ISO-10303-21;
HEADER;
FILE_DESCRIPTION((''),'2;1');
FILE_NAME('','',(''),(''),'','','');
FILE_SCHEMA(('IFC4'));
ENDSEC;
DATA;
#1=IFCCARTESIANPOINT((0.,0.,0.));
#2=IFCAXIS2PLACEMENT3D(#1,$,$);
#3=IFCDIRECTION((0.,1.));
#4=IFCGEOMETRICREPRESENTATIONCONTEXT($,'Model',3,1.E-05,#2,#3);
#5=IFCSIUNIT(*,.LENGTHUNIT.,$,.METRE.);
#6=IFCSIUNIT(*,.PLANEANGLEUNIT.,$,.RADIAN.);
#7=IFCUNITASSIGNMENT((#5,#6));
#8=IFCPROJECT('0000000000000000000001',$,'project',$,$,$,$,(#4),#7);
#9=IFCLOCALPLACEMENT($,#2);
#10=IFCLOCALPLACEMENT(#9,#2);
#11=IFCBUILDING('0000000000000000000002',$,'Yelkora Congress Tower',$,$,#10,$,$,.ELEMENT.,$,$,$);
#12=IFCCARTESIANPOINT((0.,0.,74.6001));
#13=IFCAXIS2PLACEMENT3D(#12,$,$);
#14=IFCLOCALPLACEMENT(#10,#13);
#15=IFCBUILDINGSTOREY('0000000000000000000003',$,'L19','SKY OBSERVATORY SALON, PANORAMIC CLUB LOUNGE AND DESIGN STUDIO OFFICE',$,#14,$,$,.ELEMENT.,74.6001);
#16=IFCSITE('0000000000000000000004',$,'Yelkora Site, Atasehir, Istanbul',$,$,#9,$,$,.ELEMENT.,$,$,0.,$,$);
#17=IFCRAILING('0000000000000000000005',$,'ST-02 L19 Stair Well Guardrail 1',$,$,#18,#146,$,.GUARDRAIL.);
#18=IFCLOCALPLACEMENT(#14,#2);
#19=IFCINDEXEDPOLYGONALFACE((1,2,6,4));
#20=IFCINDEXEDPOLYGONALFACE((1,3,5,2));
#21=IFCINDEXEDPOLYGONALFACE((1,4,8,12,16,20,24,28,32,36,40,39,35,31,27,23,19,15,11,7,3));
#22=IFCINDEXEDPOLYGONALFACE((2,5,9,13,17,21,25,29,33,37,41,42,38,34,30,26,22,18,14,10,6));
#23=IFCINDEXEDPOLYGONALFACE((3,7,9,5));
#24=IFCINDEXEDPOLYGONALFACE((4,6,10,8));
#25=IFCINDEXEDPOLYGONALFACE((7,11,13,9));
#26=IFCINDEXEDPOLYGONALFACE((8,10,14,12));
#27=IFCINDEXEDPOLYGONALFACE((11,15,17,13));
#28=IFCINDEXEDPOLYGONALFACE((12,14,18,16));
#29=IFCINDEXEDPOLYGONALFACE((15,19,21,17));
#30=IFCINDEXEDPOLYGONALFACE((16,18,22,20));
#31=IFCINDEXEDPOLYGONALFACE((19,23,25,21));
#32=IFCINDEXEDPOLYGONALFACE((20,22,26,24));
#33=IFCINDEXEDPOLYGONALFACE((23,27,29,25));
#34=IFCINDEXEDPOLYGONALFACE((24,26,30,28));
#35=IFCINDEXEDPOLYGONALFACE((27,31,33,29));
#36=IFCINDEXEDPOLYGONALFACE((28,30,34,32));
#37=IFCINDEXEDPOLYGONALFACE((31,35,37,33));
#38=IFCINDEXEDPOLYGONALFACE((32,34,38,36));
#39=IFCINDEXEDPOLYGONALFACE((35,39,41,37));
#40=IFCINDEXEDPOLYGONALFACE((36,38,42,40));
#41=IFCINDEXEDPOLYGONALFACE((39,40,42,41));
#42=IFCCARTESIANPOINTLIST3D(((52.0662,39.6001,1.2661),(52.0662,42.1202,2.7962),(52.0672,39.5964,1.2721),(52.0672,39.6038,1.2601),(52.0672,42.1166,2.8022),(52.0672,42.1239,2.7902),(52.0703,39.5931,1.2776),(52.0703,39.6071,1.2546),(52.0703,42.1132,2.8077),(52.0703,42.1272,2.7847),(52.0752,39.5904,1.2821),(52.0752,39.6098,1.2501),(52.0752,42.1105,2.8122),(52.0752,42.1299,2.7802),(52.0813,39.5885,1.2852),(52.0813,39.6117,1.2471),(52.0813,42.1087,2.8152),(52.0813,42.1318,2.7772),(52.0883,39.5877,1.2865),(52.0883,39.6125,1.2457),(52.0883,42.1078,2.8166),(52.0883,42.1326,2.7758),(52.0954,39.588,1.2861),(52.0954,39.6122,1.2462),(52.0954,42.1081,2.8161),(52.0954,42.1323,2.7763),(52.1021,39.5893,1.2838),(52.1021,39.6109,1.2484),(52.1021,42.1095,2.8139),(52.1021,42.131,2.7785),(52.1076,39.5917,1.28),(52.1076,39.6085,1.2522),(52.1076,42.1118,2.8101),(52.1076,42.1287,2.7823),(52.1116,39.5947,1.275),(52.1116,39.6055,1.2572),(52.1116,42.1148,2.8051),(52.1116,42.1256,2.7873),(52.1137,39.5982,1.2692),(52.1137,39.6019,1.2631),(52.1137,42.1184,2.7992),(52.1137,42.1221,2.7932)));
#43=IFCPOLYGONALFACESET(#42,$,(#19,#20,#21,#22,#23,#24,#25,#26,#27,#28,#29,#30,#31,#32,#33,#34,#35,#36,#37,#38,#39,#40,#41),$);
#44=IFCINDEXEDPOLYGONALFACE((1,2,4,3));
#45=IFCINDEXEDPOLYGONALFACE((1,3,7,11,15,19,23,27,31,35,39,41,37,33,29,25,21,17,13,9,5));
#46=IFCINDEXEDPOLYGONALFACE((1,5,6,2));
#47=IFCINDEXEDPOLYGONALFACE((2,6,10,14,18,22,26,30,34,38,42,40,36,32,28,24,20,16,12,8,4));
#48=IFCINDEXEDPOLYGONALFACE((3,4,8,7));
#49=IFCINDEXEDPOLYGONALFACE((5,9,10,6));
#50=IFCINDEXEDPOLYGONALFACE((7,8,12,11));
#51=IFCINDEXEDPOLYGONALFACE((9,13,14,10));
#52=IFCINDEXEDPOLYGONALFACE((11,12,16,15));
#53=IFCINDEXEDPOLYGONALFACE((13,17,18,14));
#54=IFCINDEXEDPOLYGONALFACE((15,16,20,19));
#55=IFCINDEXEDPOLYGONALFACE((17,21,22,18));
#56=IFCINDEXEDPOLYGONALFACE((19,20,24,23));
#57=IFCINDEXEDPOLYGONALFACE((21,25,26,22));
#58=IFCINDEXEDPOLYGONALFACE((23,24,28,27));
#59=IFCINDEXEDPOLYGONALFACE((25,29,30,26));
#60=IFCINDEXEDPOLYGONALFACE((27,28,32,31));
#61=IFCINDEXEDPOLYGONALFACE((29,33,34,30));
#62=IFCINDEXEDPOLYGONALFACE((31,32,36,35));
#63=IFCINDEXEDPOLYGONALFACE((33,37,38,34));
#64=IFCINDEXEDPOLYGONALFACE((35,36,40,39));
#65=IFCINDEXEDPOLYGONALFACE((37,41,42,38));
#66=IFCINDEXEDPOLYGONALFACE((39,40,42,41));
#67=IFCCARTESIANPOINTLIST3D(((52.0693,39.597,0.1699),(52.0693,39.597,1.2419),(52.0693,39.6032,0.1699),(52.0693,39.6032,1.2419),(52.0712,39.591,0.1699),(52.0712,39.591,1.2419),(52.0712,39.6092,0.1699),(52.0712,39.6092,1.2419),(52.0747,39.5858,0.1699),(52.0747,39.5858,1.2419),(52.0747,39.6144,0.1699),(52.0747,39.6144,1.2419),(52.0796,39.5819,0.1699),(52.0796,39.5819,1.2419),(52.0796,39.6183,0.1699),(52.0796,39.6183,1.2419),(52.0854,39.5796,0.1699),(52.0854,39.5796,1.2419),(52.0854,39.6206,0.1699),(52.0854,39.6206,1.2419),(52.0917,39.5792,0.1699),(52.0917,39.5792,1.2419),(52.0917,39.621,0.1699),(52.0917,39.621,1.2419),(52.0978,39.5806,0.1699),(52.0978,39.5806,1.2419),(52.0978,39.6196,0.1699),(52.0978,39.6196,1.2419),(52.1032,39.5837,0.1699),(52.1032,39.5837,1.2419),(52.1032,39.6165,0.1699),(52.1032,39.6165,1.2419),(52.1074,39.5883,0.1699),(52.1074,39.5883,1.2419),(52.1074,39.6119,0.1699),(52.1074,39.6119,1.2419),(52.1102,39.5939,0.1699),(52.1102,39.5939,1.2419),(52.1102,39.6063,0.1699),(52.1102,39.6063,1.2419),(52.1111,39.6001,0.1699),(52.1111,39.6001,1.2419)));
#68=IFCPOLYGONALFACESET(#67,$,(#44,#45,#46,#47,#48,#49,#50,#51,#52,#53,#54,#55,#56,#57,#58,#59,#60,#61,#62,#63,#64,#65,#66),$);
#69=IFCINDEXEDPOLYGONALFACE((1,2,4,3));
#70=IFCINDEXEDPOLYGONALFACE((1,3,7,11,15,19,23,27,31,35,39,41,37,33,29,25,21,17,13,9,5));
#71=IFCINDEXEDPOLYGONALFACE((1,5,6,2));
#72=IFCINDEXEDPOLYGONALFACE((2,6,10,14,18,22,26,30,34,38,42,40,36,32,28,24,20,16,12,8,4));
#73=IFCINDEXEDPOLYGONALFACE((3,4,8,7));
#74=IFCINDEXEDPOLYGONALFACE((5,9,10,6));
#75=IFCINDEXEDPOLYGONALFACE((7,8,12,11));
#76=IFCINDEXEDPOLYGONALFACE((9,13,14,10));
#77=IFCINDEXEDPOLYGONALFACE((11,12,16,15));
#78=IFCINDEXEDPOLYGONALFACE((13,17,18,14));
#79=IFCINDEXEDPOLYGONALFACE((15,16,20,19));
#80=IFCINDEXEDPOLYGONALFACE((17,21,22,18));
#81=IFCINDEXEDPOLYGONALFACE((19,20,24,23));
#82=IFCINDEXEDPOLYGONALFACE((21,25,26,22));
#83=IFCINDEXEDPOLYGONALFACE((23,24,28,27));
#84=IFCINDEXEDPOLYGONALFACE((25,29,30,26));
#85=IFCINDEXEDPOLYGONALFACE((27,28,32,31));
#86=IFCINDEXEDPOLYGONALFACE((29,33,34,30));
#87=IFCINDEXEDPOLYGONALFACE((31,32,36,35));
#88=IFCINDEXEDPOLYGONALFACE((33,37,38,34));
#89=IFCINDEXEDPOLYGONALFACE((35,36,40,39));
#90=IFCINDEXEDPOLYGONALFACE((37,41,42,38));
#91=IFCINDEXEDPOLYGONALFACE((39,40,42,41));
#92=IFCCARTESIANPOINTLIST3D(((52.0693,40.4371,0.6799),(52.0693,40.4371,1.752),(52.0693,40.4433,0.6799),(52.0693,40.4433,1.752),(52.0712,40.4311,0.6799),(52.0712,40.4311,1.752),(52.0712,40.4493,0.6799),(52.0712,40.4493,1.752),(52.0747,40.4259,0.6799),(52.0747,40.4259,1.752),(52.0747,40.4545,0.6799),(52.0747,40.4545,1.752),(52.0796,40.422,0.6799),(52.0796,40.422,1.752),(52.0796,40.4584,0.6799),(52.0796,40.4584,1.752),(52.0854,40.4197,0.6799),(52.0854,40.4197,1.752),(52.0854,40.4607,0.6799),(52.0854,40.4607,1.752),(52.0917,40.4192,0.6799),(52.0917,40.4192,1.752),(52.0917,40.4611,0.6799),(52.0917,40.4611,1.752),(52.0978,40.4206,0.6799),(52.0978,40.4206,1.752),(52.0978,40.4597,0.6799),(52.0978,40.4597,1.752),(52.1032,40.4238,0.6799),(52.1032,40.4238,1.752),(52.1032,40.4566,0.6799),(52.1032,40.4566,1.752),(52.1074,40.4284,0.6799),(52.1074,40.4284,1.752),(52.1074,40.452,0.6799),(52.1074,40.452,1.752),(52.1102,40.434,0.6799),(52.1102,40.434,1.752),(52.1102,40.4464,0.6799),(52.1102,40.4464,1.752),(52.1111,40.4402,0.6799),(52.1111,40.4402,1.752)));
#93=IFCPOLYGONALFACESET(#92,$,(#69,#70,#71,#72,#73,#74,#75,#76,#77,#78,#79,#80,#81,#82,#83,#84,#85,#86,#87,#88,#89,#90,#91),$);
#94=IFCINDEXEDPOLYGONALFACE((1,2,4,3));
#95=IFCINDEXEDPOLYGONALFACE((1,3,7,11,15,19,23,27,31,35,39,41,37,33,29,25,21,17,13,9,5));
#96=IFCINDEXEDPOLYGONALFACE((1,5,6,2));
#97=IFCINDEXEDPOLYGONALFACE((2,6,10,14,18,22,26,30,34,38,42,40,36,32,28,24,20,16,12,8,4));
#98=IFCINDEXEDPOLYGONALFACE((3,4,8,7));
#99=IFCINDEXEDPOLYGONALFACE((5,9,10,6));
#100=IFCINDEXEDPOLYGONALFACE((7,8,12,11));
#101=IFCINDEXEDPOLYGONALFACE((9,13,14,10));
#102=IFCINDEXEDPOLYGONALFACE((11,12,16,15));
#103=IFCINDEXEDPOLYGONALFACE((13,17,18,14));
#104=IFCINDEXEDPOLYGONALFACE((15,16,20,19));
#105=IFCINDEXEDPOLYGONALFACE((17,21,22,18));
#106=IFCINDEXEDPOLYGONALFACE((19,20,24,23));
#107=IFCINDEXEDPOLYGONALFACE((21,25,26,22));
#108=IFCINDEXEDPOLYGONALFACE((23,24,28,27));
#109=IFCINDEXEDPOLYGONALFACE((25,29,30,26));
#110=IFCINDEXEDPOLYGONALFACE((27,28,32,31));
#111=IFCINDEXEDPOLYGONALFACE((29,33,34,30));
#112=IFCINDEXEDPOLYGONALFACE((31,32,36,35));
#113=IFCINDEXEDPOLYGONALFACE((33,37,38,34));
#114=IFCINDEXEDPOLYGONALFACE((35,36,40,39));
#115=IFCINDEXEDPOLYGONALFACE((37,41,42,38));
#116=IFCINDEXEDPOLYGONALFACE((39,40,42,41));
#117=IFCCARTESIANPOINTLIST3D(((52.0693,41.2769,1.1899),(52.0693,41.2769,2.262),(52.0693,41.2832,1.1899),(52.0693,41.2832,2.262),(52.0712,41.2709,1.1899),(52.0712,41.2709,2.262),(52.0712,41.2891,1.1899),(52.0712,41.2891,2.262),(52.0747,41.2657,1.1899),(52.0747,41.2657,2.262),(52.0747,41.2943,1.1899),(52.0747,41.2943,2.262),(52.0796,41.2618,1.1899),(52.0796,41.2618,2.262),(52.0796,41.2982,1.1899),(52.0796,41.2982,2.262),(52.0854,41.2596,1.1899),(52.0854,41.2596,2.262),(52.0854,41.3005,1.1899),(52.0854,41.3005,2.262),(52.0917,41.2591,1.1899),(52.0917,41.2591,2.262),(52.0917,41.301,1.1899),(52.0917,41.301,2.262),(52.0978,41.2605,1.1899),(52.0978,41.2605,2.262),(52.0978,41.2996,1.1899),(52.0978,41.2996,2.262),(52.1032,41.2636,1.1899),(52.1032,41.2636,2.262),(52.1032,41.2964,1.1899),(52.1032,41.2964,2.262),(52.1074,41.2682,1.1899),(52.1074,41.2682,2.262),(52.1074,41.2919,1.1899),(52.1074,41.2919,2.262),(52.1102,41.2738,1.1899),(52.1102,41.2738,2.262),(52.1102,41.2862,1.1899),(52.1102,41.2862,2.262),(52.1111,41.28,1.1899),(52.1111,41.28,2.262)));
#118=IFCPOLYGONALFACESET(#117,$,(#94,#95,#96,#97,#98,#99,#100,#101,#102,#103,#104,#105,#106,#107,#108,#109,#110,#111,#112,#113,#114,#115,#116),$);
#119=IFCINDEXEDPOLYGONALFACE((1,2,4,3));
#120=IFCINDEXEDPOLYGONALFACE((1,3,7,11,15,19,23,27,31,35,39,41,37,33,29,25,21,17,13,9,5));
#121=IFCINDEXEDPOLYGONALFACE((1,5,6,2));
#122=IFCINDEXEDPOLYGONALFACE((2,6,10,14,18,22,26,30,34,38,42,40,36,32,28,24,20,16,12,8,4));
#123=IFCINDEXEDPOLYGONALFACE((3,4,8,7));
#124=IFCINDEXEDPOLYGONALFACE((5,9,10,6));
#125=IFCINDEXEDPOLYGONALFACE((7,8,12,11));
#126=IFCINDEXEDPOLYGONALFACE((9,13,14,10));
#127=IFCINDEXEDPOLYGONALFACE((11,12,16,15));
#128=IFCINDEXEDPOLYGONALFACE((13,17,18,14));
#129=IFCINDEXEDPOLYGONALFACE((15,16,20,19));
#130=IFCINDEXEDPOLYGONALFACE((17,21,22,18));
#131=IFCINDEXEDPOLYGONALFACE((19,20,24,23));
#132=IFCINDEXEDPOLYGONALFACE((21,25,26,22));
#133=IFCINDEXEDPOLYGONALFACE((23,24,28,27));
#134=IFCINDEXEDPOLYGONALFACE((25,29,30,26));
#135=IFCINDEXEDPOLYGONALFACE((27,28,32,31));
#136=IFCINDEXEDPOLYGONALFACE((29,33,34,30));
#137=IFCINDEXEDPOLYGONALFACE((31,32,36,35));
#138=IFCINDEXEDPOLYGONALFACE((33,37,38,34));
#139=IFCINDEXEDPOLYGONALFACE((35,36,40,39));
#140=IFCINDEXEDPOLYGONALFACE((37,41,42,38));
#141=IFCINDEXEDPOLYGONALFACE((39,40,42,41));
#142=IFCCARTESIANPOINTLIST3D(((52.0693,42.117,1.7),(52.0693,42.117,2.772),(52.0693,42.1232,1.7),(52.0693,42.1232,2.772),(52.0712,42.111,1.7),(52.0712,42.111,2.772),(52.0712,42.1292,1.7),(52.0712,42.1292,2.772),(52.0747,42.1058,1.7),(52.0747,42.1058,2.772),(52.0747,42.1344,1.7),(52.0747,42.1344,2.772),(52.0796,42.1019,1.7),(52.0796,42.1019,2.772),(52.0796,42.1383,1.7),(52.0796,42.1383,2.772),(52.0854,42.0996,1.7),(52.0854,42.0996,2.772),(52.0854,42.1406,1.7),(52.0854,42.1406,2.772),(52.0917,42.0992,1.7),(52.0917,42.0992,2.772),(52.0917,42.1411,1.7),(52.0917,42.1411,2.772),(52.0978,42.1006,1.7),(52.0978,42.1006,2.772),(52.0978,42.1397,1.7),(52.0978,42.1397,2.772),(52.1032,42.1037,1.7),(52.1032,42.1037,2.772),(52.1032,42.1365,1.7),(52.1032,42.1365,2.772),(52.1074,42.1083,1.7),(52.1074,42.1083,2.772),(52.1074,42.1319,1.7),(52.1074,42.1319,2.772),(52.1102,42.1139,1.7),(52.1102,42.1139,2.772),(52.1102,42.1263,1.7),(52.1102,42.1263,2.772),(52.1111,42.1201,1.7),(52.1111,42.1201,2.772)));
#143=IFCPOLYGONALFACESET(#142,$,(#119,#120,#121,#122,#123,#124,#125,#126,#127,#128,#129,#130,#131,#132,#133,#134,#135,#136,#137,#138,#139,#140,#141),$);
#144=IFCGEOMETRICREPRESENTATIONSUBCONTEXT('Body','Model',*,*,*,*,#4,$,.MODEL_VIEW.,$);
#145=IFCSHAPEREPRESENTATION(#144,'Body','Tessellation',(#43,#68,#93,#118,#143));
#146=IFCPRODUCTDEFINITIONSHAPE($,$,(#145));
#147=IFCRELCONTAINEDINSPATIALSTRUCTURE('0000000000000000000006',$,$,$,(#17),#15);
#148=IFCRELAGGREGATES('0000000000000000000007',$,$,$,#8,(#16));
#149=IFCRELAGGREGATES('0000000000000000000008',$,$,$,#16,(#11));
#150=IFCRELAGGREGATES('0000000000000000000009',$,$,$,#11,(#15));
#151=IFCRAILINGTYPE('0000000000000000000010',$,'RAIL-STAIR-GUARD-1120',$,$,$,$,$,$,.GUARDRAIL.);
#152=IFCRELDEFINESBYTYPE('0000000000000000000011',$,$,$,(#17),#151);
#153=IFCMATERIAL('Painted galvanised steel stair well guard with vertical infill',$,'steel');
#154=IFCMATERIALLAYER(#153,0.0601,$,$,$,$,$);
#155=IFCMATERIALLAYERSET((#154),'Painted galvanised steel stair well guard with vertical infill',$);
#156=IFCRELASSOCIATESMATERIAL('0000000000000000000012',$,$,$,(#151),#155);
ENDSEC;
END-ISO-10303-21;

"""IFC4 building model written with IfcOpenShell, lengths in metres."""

from ifc_helpers import new_model, si_unit, direction, frame, origin, origin_2d, place, context, subcontext, project, spatial, circle, extrude, material, layer, layer_set, type_object, element, save


model = new_model("IFC4")

# Units and contexts
model_context = context("Model", 3, precision=1e-05, world=origin(), true_north=direction((0.0, 1.0)))
body_context = subcontext(model_context, "Body", "Model", "MODEL_VIEW")
ifc_project = project(units=[si_unit("LENGTHUNIT", "METRE"), si_unit("PLANEANGLEUNIT", "RADIAN")], contexts=[model_context])

# Site, building, storey
site_placement = place(None, origin())
site = spatial("IfcSite", under=ifc_project, at=site_placement, Name="Yelkora Site, Atasehir, Istanbul", CompositionType="ELEMENT", RefElevation=0.0)
building_placement = place(site_placement, origin())
building = spatial("IfcBuilding", under=site, at=building_placement, Name="Yelkora Congress Tower", CompositionType="ELEMENT")
storey_placement = place(building_placement, frame((0.0, 0.0, 74.6001)))
storey = spatial("IfcBuildingStorey", under=building, at=storey_placement, Name="L19", Description="SKY OBSERVATORY SALON, PANORAMIC CLUB LOUNGE AND DESIGN STUDIO OFFICE", CompositionType="ELEMENT", Elevation=74.6001)

# Railing
ifc_material_1 = material(Name="Painted galvanised steel stair well guard with vertical infill", Category="steel")
ifc_layer_1 = layer(ifc_material_1, 0.0601)
ifc_layer_set_1 = layer_set([ifc_layer_1], Name="Painted galvanised steel stair well guard with vertical infill")
railing_type_1 = type_object("IfcRailingType", Name="RAIL-STAIR-GUARD-1120", PredefinedType="GUARDRAIL", material=ifc_layer_set_1)
railing_1_placement = place(storey_placement, frame((52.0901, 39.6001, 0.1699)))
element("IfcRailing", 1, at=railing_1_placement, inside=storey, type_object=railing_type_1, Name="ST-02 L19 Stair Well Guardrail 1", PredefinedType="GUARDRAIL", context=body_context, shape_type="SweptSolid", body=[
    extrude(circle(Radius=0.0239, at=origin_2d()), frame((0.0, 0.0, 1.0962), z_axis=(0.0, 0.854785, 0.518982), x_axis=(-1.0, 0.0, 0.0)), (0.0, 0.0, 1.0), 2.9482),
    extrude(circle(Radius=0.021, at=origin_2d()), origin(), (0.0, 0.0, 1.0), 1.072),
    extrude(circle(Radius=0.021, at=origin_2d()), frame((0.0, 0.8401, 0.51)), (0.0, 0.0, 1.0), 1.072),
    extrude(circle(Radius=0.021, at=origin_2d()), frame((0.0, 1.6799, 1.02)), (0.0, 0.0, 1.0), 1.072),
    extrude(circle(Radius=0.021, at=origin_2d()), frame((0.0, 2.52, 1.53)), (0.0, 0.0, 1.0), 1.072),
])

save(model, "model.ifc")
